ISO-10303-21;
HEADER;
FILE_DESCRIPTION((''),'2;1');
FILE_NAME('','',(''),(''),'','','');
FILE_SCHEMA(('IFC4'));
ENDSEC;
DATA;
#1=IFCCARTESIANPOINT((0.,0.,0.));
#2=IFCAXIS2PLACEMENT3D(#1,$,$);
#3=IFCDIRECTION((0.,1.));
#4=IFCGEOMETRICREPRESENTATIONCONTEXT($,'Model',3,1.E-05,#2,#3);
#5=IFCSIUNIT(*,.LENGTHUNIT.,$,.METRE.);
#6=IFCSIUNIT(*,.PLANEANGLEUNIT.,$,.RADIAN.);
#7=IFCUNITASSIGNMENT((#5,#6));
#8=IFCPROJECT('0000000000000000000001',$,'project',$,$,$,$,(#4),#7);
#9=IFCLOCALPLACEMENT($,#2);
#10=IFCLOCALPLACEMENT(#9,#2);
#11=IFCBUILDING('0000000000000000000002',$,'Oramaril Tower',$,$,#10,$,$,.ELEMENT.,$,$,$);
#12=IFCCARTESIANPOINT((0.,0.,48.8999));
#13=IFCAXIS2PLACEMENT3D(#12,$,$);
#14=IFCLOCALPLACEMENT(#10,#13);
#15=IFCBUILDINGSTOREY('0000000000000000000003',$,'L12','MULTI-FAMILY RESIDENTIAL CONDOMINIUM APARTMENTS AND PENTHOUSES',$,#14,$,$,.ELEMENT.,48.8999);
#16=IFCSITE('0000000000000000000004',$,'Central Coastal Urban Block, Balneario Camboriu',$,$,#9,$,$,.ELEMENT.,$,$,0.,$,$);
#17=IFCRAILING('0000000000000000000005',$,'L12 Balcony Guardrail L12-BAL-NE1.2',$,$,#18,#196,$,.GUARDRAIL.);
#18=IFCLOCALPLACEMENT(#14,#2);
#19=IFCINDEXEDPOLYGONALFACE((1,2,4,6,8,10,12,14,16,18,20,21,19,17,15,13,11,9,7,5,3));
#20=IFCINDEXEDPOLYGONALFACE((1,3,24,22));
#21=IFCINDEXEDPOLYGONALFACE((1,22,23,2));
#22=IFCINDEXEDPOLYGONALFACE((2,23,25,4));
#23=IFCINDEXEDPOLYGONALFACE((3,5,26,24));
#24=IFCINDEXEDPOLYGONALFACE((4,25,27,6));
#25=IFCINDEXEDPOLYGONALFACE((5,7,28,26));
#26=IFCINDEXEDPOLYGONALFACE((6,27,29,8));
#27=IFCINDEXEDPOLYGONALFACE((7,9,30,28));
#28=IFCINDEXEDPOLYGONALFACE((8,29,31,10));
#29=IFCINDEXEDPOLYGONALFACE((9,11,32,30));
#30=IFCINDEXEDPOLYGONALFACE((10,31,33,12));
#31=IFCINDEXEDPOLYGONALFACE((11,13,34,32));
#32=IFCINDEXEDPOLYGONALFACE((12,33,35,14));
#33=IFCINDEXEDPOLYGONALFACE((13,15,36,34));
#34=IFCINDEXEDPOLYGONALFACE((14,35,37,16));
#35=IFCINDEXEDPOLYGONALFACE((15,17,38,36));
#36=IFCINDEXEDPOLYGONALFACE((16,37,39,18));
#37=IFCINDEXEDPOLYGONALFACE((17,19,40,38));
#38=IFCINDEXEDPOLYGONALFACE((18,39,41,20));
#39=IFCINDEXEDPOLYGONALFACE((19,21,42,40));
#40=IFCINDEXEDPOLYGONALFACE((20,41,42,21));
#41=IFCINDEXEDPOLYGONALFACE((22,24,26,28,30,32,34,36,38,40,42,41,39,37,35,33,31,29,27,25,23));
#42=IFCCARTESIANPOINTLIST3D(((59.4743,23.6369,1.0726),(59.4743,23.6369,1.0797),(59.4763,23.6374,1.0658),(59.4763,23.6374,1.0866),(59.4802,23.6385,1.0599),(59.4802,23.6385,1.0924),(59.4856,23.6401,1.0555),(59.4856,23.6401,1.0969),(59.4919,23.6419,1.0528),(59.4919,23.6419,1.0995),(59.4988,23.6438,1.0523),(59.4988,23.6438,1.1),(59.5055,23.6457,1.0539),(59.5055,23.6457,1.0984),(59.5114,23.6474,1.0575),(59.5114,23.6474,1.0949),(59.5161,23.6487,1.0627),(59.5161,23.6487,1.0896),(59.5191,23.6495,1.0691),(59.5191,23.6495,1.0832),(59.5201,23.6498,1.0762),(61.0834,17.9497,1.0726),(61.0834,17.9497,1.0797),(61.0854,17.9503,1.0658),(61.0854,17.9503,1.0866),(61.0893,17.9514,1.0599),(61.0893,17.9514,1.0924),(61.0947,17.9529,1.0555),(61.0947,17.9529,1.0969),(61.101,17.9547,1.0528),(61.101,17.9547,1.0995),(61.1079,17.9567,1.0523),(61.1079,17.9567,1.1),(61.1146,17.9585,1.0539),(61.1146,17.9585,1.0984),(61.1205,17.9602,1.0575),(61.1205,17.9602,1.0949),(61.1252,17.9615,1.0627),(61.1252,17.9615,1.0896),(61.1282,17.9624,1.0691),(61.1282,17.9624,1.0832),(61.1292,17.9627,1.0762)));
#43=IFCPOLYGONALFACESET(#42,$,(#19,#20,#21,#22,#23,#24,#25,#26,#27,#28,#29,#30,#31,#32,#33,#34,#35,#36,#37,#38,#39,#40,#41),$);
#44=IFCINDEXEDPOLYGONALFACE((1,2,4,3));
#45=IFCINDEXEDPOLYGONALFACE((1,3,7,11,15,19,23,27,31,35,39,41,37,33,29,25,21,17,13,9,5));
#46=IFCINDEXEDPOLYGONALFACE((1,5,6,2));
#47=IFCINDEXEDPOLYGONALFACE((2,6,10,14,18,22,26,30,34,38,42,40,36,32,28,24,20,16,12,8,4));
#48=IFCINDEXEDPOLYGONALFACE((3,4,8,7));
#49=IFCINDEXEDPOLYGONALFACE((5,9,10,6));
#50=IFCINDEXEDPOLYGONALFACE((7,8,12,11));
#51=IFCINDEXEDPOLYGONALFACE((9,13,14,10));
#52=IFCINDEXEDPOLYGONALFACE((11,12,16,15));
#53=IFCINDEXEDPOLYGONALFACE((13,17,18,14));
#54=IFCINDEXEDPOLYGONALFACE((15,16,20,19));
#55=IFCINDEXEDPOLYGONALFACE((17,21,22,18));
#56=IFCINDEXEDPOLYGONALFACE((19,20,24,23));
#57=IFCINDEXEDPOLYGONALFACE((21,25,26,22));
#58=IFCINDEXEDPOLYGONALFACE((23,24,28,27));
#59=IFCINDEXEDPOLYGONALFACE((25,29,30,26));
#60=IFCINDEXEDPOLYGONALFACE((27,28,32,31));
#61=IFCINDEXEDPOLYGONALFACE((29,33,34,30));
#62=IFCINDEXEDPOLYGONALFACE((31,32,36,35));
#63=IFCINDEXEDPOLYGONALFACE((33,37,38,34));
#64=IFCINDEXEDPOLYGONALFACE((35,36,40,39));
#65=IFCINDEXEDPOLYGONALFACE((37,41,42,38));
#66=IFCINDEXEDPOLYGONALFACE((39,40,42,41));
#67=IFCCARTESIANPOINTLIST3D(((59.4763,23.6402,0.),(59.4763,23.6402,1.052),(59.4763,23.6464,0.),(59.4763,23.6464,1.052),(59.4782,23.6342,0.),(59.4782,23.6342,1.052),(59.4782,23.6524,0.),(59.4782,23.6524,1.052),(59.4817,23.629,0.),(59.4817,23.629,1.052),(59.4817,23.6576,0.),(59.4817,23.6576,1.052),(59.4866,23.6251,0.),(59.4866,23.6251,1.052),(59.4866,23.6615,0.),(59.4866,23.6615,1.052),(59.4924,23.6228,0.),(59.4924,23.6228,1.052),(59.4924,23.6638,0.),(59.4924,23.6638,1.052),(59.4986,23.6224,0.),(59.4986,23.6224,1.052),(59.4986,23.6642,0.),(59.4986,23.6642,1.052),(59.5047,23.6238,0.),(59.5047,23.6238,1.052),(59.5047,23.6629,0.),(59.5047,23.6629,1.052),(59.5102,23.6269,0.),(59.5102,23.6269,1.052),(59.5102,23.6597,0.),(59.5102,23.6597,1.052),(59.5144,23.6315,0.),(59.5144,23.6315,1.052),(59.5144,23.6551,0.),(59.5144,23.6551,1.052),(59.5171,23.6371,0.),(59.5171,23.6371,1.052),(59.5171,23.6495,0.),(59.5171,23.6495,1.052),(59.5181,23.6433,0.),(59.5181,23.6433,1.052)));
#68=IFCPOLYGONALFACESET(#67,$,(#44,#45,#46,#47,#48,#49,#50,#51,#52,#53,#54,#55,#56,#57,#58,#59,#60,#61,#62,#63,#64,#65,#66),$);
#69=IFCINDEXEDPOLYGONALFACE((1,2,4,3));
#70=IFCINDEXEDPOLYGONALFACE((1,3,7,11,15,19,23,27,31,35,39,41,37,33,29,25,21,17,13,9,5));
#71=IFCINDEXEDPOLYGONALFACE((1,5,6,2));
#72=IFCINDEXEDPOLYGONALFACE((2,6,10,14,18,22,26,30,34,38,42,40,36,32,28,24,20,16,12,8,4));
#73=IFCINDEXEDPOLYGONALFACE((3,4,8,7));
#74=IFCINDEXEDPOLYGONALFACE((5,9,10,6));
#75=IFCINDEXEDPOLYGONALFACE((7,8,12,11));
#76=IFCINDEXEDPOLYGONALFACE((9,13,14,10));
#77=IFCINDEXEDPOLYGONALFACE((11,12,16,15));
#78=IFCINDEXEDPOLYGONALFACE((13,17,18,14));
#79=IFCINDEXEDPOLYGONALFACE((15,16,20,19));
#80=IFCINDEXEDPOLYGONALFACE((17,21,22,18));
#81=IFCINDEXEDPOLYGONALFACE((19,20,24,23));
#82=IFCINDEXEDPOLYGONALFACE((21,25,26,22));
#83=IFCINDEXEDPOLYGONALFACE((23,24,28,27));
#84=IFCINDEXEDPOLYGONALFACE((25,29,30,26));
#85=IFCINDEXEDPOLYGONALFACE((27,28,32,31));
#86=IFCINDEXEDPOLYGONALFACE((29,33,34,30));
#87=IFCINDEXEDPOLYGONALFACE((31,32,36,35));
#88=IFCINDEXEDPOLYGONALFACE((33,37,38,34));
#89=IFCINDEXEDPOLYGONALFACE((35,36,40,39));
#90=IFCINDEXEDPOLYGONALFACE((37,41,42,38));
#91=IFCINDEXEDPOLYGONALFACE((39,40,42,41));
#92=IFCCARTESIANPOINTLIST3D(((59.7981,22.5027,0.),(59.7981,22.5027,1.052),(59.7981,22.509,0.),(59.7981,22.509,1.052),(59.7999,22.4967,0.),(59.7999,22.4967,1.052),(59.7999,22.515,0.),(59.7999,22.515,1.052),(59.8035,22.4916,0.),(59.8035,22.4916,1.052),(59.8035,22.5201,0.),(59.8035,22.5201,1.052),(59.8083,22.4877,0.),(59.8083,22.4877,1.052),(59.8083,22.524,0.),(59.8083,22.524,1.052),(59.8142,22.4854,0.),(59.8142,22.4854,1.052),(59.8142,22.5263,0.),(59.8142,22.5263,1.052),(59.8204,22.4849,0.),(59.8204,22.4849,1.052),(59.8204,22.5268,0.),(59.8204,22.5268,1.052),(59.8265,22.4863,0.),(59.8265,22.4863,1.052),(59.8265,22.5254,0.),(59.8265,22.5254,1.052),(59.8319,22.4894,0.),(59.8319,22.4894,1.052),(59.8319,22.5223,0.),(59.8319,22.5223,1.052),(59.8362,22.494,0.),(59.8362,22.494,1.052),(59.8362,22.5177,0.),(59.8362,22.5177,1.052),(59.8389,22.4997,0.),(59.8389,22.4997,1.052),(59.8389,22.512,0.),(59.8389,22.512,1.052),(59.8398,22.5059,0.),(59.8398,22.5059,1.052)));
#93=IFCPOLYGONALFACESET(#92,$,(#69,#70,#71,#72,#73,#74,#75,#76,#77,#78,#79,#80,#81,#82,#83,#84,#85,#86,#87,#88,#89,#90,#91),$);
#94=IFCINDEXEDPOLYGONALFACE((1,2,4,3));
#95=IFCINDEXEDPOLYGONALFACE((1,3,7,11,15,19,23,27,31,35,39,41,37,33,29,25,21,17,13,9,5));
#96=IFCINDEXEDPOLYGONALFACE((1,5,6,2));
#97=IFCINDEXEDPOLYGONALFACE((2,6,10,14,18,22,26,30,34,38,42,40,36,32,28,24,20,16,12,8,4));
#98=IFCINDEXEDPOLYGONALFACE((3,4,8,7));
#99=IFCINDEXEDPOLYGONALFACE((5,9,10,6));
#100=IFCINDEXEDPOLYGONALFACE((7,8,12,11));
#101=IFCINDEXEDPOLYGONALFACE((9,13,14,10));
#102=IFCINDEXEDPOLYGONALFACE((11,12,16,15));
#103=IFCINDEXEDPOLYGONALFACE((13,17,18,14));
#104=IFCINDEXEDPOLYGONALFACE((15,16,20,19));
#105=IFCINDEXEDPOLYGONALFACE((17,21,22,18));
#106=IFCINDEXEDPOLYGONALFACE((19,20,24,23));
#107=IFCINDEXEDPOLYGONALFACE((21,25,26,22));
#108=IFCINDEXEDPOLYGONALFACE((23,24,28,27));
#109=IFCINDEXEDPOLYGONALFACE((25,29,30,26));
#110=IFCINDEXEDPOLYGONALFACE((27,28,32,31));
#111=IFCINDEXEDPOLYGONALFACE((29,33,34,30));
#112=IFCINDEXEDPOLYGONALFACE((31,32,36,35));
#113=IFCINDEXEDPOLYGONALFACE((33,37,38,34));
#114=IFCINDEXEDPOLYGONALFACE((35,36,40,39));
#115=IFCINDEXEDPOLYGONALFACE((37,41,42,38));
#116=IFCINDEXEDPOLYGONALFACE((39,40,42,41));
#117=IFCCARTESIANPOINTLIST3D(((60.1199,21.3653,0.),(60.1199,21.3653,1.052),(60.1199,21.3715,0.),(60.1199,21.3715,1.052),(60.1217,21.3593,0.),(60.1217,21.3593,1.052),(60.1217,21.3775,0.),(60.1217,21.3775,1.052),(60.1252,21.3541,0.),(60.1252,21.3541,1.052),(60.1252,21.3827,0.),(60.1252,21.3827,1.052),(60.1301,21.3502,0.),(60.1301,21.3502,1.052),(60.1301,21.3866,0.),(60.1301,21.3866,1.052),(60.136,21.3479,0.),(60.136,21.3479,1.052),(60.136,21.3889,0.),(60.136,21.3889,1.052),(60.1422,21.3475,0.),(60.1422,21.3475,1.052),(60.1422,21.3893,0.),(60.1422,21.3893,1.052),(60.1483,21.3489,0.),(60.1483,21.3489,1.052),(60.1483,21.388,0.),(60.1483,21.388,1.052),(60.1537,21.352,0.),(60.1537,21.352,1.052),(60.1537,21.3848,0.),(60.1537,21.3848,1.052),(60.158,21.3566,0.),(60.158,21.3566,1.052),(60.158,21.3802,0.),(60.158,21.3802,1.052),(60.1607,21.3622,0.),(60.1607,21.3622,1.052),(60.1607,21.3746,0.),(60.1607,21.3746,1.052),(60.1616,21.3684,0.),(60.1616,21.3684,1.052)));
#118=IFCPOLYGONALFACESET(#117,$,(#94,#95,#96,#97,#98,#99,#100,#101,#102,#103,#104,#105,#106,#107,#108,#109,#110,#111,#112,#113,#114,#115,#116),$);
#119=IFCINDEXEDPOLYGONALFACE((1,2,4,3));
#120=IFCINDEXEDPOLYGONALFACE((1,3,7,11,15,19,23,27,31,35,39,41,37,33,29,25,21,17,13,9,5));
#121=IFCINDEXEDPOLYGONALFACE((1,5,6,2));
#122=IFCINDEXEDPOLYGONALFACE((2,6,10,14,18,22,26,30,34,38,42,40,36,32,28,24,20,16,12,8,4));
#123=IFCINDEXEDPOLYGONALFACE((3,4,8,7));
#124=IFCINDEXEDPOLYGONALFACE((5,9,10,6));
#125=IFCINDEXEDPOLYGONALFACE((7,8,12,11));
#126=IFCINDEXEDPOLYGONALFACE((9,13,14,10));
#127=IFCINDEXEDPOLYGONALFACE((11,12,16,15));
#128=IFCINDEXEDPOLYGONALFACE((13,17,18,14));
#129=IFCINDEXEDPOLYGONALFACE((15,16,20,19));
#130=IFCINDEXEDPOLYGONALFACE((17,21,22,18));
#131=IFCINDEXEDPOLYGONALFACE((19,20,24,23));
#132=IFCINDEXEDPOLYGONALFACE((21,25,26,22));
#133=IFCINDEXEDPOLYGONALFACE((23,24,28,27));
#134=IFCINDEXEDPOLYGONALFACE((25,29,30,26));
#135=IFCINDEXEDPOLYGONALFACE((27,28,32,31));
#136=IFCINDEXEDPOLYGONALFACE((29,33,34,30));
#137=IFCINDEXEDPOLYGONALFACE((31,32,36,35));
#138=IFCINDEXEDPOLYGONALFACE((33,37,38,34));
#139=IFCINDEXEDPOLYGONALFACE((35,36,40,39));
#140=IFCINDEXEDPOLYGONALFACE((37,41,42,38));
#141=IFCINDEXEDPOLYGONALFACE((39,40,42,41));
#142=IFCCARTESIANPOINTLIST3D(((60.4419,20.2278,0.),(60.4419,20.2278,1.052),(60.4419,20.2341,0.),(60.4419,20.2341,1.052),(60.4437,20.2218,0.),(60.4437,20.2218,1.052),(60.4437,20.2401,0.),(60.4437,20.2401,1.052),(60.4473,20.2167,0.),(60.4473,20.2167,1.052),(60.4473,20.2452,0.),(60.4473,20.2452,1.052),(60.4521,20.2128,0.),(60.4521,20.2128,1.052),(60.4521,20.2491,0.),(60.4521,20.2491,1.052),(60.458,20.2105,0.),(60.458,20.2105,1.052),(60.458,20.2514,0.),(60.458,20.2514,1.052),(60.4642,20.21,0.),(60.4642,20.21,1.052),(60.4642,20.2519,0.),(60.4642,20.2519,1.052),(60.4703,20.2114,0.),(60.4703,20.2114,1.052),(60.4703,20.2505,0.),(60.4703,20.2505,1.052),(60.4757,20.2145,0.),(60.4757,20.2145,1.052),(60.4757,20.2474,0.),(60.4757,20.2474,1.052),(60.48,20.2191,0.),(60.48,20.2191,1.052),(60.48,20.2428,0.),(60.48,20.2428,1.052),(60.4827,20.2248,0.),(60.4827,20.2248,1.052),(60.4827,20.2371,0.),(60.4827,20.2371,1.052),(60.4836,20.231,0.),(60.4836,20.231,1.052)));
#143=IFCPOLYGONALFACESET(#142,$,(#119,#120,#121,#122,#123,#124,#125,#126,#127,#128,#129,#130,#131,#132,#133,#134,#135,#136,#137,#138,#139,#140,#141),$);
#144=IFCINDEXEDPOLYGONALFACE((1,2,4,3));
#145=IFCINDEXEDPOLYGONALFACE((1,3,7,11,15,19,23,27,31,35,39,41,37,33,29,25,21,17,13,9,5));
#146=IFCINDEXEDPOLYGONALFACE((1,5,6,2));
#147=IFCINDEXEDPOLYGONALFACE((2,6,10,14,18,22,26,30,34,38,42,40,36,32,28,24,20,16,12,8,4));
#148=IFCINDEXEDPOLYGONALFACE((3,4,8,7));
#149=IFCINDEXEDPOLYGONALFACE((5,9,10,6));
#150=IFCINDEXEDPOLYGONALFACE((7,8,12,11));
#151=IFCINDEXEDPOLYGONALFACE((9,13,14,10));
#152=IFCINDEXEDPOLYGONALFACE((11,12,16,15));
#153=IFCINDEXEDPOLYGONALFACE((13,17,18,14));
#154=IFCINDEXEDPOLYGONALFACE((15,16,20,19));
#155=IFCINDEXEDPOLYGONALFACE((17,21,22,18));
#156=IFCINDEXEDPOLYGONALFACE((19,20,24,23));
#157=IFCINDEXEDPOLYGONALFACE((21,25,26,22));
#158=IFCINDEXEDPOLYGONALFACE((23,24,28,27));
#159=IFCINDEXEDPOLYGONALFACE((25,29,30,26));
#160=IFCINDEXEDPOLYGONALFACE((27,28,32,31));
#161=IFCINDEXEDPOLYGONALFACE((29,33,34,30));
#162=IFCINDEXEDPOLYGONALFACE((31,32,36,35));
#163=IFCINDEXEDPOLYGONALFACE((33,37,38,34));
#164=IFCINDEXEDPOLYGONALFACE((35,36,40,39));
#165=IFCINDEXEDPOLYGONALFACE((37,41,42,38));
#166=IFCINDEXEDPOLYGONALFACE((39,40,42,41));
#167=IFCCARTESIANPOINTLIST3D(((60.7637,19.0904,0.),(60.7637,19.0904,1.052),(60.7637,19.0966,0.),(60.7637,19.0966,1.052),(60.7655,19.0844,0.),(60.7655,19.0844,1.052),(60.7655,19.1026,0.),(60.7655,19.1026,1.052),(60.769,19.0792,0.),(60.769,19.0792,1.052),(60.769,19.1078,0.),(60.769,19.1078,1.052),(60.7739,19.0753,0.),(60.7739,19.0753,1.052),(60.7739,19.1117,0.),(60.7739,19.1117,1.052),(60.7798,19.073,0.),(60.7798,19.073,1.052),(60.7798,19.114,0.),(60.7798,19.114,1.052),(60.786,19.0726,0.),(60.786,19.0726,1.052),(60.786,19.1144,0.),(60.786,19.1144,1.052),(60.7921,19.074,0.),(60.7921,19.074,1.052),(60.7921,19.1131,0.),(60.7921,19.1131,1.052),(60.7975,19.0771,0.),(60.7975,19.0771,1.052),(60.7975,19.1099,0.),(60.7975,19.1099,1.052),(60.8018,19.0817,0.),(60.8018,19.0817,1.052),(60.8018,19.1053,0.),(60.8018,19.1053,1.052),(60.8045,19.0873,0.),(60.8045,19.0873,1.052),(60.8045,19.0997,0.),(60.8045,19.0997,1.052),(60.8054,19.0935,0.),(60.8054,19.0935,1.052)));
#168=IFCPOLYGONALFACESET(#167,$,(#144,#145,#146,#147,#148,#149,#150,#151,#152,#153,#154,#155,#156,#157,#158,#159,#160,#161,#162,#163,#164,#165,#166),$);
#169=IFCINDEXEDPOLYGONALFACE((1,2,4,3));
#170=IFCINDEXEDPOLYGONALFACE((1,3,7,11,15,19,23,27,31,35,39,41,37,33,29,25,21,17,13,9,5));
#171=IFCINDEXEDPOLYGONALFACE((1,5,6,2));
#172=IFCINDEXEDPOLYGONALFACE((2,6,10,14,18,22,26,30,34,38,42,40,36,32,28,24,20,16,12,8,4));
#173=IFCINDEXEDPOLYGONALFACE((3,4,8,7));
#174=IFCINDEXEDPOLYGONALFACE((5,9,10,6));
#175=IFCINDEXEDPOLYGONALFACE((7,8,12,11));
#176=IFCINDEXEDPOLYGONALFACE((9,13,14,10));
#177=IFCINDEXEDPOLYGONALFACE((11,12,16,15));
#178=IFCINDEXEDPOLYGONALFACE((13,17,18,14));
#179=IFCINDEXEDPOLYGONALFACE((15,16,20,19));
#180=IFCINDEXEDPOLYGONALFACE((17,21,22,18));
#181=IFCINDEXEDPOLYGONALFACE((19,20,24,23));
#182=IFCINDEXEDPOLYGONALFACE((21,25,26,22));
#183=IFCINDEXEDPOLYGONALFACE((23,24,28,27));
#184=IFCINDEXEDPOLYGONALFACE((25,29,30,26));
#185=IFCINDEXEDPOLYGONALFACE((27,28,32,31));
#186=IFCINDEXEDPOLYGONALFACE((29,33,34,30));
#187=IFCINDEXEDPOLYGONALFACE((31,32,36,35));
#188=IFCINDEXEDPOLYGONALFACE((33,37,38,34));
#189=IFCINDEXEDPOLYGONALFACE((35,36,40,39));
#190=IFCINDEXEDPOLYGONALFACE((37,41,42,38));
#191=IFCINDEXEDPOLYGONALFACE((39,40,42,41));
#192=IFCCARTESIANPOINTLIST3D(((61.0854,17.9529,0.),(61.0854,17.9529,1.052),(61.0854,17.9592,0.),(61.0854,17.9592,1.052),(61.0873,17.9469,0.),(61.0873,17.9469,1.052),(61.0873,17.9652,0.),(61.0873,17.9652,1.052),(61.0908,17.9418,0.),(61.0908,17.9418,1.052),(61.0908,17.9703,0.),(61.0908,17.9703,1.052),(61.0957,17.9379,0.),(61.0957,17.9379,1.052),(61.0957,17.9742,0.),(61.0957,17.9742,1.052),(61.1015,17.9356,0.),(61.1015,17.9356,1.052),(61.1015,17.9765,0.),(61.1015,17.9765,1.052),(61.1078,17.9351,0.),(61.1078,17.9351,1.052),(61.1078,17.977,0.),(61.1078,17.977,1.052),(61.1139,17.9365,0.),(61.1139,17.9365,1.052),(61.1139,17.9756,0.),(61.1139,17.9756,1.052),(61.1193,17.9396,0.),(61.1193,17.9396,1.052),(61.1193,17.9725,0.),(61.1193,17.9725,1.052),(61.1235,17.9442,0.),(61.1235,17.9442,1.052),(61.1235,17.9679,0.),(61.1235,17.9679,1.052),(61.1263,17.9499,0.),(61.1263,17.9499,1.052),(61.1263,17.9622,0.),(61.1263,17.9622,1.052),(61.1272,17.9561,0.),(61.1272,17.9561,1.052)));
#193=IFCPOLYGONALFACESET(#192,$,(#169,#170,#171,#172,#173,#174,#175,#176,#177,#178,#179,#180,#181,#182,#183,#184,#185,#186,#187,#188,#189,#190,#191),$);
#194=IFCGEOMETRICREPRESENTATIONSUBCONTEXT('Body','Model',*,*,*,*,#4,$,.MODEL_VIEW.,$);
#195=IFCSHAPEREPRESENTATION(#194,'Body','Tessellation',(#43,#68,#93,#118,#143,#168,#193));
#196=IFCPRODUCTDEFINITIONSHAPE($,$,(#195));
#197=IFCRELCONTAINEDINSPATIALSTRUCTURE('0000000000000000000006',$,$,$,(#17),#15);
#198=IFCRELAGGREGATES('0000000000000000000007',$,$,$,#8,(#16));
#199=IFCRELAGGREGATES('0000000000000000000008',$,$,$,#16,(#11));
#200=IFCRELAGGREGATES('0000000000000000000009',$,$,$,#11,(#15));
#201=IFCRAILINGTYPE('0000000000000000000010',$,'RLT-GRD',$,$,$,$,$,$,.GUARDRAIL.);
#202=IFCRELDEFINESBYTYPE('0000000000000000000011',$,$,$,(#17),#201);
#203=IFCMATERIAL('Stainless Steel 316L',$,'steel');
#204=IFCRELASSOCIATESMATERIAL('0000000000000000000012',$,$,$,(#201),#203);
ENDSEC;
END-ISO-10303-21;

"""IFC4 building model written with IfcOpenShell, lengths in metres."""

from ifc_helpers import new_model, si_unit, direction, frame, origin, origin_2d, place, context, subcontext, project, spatial, circle, extrude, material, type_object, element, save


model = new_model("IFC4")

# Units and contexts
model_context = context("Model", 3, precision=1e-05, world=origin(), true_north=direction((0.0, 1.0)))
body_context = subcontext(model_context, "Body", "Model", "MODEL_VIEW")
ifc_project = project(units=[si_unit("LENGTHUNIT", "METRE"), si_unit("PLANEANGLEUNIT", "RADIAN")], contexts=[model_context])

# Site, building, storey
site_placement = place(None, origin())
site = spatial("IfcSite", under=ifc_project, at=site_placement, Name="Central Coastal Urban Block, Balneario Camboriu", CompositionType="ELEMENT", RefElevation=0.0)
building_placement = place(site_placement, origin())
building = spatial("IfcBuilding", under=site, at=building_placement, Name="Oramaril Tower", CompositionType="ELEMENT")
storey_placement = place(building_placement, frame((0.0, 0.0, 48.8999)))
storey = spatial("IfcBuildingStorey", under=building, at=storey_placement, Name="L12", Description="MULTI-FAMILY RESIDENTIAL CONDOMINIUM APARTMENTS AND PENTHOUSES", CompositionType="ELEMENT", Elevation=48.8999)

# Railing
ifc_material_1 = material(Name="Stainless Steel 316L", Category="steel")
railing_type = type_object("IfcRailingType", Name="RLT-GRD", PredefinedType="GUARDRAIL", material=ifc_material_1)
railing_1_placement = place(storey_placement, frame((59.4971, 23.6433, 0.0)))
element("IfcRailing", 1, at=railing_1_placement, inside=storey, type_object=railing_type, Name="L12 Balcony Guardrail L12-BAL-NE1.2", PredefinedType="GUARDRAIL", context=body_context, shape_type="SweptSolid", body=[
    extrude(circle(Radius=0.0239, at=origin_2d()), frame((0.0, 0.0, 1.0762), z_axis=(0.272249, -0.962227, 0.0), x_axis=(0.962227, 0.272249, 0.0)), (0.0, 0.0, 1.0), 5.9104),
    extrude(circle(Radius=0.021, at=origin_2d()), origin(), (0.0, 0.0, 1.0), 1.052),
    extrude(circle(Radius=0.021, at=origin_2d()), frame((0.3218, -1.1375, 0.0)), (0.0, 0.0, 1.0), 1.052),
    extrude(circle(Radius=0.021, at=origin_2d()), frame((0.6436, -2.2749, 0.0)), (0.0, 0.0, 1.0), 1.052),
    extrude(circle(Radius=0.021, at=origin_2d()), frame((0.9656, -3.4124, 0.0)), (0.0, 0.0, 1.0), 1.052),
    extrude(circle(Radius=0.021, at=origin_2d()), frame((1.2874, -4.5498, 0.0)), (0.0, 0.0, 1.0), 1.052),
    extrude(circle(Radius=0.021, at=origin_2d()), frame((1.6091, -5.6873, 0.0)), (0.0, 0.0, 1.0), 1.052),
])

save(model, "model.ifc")
